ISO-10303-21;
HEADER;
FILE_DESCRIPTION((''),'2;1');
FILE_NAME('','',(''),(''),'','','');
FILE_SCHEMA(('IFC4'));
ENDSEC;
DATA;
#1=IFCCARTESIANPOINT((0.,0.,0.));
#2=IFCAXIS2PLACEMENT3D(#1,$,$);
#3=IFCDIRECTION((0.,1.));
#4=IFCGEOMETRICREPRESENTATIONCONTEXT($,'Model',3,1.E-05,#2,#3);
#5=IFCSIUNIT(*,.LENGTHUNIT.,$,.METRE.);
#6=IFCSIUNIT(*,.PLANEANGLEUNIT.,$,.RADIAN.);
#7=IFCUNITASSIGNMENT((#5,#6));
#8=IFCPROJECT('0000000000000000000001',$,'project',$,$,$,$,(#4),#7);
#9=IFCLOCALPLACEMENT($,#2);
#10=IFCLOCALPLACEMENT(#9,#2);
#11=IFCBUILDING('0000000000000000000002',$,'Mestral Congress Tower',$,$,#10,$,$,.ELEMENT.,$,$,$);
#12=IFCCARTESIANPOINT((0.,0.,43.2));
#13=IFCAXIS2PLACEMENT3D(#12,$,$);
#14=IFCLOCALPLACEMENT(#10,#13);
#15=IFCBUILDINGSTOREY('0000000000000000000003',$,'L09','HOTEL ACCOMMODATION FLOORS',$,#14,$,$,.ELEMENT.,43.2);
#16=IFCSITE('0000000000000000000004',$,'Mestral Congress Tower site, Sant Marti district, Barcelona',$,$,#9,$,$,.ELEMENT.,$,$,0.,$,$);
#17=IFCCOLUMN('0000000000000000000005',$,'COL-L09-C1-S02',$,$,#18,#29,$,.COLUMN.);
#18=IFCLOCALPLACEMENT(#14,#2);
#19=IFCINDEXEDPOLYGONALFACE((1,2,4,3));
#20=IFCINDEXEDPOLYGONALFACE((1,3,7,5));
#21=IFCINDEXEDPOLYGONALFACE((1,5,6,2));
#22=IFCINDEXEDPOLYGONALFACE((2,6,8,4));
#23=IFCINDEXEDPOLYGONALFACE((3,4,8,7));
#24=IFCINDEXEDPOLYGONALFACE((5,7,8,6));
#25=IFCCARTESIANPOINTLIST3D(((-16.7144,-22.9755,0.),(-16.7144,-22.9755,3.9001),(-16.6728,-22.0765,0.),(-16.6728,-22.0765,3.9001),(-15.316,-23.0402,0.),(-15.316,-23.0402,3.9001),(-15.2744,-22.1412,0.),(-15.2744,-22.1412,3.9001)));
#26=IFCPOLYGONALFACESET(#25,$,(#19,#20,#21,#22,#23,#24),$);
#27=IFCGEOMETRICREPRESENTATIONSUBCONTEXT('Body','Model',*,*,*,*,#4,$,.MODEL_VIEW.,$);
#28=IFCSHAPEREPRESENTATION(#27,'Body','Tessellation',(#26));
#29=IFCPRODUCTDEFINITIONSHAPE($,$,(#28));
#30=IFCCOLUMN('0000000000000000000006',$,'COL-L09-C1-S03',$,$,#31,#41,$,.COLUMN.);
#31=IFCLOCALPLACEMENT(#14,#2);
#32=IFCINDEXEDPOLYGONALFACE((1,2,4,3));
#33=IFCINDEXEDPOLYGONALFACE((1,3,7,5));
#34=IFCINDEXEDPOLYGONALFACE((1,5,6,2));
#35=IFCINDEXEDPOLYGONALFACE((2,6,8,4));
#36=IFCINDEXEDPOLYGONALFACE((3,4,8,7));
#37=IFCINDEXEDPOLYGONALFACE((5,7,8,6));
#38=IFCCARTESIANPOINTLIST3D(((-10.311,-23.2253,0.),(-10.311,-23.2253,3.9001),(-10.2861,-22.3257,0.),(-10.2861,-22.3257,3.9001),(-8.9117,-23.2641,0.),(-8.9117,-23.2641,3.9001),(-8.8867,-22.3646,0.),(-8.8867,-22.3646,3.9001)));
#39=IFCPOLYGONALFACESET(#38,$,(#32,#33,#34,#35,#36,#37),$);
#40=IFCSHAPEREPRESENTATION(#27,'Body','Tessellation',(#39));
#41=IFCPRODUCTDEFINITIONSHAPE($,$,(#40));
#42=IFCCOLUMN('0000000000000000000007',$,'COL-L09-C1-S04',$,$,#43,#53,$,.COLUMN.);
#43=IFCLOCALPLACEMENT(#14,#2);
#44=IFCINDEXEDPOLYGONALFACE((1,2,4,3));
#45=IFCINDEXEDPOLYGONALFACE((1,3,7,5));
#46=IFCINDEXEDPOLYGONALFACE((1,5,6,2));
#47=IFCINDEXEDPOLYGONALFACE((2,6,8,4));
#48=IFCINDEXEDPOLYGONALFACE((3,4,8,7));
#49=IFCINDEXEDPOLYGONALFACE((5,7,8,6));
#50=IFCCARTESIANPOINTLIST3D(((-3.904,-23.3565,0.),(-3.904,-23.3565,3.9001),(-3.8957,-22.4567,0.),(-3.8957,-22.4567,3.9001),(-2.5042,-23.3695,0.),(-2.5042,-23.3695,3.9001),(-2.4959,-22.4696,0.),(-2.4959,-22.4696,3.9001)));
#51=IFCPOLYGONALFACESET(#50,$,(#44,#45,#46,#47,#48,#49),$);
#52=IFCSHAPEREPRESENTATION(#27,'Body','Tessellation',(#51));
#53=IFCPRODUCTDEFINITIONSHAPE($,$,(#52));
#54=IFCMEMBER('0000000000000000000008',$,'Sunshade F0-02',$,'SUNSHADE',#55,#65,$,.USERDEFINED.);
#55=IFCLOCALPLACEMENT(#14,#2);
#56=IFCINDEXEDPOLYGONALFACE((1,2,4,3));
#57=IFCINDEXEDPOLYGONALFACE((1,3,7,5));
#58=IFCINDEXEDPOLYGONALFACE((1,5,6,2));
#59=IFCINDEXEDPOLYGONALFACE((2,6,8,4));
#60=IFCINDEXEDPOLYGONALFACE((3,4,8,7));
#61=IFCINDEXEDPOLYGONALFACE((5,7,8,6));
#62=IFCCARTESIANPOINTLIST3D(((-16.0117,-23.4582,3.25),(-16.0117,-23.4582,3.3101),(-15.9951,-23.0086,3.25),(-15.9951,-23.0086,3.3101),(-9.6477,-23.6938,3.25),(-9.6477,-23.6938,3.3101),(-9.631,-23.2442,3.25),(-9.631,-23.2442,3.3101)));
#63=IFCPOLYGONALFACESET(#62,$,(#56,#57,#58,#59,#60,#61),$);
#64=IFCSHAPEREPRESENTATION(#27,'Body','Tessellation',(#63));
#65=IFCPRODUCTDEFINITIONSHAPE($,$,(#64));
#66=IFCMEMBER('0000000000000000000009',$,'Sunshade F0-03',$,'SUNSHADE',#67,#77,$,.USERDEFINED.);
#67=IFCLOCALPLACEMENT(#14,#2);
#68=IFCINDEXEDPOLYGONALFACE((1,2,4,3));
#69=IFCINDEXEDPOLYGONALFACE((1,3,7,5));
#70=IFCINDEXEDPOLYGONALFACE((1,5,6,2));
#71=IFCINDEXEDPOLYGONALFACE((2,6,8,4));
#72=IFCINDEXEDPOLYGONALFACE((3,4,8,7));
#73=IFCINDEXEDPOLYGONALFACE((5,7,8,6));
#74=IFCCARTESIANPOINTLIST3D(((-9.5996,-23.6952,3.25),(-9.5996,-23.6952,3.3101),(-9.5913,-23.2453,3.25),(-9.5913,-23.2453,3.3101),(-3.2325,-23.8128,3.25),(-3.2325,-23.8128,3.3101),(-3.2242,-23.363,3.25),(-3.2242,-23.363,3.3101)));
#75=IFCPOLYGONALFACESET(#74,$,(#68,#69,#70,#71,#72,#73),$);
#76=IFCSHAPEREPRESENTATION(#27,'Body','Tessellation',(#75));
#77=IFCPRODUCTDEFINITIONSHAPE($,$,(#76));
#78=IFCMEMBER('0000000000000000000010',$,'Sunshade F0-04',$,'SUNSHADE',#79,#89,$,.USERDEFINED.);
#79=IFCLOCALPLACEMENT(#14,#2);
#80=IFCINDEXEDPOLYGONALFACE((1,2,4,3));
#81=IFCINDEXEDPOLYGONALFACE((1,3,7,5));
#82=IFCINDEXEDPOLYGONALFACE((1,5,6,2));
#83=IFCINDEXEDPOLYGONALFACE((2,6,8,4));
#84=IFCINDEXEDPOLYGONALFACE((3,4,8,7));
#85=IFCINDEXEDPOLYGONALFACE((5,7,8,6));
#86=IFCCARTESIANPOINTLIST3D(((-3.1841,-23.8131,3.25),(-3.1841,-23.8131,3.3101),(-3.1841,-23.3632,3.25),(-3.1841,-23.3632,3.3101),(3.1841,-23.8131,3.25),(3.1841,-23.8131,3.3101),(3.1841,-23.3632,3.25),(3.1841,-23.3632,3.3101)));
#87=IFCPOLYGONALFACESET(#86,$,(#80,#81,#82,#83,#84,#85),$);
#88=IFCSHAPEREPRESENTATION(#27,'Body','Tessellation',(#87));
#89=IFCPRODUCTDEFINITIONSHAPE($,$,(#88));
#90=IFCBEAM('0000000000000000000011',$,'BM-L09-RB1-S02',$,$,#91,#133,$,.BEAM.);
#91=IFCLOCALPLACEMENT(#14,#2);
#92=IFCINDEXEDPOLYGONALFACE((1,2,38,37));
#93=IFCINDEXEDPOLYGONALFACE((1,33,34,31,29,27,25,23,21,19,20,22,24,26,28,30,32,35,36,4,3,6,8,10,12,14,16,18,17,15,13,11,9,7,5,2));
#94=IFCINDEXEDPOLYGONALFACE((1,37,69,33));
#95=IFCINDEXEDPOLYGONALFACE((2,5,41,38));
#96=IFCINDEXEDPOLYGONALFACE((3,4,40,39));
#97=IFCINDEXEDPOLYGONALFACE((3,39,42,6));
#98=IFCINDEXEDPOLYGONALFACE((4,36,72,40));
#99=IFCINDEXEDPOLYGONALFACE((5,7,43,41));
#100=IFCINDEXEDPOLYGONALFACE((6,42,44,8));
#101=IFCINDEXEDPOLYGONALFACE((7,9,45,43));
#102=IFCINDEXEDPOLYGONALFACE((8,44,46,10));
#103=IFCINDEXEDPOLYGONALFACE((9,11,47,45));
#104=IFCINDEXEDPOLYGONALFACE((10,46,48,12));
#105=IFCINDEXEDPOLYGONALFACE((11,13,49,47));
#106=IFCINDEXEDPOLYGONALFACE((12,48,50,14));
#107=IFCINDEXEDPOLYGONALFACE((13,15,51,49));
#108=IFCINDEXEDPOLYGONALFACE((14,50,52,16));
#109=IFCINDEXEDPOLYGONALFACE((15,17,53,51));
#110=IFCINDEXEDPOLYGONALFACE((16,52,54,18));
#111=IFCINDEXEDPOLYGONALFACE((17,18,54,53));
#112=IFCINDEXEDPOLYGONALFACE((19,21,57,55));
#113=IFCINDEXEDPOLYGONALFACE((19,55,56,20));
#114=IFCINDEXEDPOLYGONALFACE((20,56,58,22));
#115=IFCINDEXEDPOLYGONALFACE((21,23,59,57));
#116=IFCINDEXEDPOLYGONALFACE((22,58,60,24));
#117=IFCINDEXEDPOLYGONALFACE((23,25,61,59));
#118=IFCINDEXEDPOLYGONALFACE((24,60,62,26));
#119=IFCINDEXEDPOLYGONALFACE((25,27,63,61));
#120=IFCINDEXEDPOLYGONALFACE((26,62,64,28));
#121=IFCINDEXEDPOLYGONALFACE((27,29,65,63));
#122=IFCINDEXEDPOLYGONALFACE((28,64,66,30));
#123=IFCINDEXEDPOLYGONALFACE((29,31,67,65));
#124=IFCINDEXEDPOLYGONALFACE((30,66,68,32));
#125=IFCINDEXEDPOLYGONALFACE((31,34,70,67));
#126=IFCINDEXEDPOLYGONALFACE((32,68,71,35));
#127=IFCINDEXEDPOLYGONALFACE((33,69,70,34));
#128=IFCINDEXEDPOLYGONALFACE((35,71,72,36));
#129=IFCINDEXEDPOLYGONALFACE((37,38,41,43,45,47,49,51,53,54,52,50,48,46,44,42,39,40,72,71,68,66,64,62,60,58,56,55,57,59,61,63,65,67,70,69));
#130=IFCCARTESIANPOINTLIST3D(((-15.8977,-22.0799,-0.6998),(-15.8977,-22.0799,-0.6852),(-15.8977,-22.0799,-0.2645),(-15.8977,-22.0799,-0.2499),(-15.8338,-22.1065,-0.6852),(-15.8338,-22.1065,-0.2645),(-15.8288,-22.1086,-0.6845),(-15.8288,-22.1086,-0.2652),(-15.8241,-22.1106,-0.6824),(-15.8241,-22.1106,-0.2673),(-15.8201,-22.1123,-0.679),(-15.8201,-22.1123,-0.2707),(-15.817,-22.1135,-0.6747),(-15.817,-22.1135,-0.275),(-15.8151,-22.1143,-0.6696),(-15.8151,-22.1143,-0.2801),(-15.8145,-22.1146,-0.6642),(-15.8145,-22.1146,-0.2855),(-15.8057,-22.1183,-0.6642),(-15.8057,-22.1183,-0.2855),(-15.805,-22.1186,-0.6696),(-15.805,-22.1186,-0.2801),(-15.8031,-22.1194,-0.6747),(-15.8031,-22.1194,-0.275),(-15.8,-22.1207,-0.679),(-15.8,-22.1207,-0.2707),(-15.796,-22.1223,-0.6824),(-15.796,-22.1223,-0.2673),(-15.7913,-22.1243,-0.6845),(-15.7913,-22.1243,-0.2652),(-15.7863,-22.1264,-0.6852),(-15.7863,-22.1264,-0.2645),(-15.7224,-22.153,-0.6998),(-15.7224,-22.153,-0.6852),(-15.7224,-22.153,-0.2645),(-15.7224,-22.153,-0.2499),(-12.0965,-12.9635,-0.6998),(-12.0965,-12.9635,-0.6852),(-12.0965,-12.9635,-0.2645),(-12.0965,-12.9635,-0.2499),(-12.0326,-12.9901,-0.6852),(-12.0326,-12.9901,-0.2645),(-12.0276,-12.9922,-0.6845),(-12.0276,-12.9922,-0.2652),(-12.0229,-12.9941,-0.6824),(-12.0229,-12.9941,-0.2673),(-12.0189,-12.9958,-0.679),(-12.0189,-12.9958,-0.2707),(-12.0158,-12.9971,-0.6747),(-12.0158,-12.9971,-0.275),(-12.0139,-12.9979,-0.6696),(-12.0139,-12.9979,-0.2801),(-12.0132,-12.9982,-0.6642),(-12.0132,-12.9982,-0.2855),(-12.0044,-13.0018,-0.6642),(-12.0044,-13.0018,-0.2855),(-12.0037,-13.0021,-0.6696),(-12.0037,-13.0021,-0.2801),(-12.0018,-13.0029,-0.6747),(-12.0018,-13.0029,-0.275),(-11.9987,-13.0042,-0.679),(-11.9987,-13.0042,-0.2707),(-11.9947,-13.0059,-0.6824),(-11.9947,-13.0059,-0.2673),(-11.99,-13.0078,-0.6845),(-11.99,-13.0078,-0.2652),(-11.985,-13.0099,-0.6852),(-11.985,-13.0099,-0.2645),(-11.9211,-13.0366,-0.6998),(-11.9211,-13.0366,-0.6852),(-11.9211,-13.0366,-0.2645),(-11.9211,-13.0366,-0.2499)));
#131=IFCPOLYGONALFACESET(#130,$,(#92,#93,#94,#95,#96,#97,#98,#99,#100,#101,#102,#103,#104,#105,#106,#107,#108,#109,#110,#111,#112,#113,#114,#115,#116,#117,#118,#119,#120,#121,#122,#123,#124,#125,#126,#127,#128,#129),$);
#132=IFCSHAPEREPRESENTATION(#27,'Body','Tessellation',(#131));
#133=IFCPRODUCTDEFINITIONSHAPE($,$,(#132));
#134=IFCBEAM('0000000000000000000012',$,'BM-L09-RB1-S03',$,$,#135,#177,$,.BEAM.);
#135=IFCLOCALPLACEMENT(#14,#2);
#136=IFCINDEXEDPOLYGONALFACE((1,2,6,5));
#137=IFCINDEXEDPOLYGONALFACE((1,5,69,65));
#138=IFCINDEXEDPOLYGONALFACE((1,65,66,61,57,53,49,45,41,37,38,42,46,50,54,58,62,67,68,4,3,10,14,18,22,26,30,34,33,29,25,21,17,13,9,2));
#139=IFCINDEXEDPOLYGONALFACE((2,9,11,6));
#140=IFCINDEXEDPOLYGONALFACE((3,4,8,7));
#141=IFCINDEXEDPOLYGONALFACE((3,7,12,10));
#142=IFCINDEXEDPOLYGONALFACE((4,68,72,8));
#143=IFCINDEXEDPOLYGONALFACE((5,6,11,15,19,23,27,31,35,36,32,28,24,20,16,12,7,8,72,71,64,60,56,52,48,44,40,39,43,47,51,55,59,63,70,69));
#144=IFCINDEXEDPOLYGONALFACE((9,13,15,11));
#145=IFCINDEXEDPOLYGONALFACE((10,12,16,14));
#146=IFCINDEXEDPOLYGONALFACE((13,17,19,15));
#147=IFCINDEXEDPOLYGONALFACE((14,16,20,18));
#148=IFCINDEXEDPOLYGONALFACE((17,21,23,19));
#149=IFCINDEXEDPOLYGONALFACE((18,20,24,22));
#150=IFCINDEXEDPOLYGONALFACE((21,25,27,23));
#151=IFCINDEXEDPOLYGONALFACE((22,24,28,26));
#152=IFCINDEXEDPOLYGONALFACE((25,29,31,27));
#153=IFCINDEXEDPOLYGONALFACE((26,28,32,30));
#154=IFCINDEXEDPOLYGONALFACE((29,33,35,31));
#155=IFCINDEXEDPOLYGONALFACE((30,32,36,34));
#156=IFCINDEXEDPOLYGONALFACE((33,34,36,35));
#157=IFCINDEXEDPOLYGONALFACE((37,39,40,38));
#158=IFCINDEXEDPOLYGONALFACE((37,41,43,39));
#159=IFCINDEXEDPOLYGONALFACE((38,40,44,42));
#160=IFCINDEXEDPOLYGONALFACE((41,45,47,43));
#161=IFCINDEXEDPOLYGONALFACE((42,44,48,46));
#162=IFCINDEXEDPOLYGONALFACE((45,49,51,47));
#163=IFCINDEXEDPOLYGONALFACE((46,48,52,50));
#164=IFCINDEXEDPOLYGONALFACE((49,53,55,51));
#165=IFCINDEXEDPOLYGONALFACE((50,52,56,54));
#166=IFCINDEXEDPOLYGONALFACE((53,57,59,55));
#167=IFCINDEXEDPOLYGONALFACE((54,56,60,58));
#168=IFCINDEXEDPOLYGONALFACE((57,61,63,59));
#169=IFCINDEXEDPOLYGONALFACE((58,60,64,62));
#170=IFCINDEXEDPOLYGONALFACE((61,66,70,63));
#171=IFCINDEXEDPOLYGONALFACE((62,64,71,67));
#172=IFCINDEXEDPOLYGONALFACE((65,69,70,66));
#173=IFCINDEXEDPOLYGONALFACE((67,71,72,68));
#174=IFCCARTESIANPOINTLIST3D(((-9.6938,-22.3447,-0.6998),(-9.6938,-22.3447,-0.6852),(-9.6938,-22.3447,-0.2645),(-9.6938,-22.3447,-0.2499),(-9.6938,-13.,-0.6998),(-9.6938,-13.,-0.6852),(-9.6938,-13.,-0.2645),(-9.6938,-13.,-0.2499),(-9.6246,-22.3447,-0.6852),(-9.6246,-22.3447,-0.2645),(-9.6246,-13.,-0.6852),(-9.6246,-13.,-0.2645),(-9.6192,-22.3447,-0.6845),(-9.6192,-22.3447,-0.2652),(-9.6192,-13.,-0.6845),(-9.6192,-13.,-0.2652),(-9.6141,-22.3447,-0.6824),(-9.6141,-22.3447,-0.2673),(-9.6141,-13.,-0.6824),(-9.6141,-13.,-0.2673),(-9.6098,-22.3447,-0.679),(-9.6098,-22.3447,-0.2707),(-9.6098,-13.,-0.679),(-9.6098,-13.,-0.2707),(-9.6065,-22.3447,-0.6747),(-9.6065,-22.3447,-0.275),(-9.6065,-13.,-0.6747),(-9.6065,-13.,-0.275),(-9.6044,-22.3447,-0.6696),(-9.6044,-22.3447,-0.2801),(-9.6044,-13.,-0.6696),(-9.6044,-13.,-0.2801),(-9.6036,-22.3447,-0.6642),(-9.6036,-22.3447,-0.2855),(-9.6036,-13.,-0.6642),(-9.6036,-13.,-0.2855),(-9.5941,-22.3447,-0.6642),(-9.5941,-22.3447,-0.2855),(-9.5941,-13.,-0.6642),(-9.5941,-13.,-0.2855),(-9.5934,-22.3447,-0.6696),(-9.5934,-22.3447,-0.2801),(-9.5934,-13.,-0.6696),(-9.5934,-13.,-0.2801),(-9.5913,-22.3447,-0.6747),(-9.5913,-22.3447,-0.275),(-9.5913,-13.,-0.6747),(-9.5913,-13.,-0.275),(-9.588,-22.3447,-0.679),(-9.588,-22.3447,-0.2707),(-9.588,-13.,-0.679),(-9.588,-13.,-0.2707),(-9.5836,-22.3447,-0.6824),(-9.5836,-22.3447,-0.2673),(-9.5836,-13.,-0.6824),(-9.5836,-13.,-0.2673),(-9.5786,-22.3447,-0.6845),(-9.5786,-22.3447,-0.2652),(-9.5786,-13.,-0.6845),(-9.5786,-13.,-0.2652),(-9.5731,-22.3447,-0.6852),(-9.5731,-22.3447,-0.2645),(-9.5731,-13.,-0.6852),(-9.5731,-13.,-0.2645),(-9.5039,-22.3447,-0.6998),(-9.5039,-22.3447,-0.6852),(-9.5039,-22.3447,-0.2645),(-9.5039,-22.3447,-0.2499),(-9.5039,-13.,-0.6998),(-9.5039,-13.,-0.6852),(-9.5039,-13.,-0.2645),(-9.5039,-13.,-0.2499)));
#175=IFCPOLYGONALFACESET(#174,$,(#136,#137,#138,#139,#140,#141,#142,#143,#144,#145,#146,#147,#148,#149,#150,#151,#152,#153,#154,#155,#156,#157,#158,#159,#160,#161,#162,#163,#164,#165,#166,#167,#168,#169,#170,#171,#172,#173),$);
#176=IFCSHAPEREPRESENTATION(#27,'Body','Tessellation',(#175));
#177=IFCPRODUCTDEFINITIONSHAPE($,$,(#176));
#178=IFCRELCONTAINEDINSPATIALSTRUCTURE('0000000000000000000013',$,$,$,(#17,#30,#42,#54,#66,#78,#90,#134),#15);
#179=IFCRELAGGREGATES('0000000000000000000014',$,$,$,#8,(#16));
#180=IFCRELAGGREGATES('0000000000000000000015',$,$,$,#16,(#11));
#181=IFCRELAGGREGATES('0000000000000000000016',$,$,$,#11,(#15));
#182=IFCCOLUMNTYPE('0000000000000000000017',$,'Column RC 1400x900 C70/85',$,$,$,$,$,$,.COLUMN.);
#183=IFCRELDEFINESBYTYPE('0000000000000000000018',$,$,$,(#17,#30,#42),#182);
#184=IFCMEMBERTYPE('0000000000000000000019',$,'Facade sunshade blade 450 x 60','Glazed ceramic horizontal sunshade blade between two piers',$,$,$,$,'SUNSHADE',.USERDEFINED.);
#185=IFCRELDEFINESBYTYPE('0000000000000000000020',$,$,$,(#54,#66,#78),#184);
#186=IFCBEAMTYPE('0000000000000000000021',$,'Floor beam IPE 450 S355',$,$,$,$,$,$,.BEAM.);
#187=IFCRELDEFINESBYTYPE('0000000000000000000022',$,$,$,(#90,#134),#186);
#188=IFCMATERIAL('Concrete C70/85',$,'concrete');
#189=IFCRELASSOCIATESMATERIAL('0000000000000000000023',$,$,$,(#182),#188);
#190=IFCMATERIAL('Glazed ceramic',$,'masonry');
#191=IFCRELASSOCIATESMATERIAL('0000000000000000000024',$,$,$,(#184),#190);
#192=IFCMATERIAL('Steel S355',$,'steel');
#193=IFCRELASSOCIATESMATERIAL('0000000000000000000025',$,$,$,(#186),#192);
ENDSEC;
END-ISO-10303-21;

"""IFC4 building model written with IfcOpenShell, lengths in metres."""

from ifc_helpers import new_model, si_unit, direction, frame, origin, origin_2d, place, context, subcontext, project, spatial, rectangle, i_section, extrude, material, material_profile, profile_set, type_object, element, save


model = new_model("IFC4")

# Units and contexts
model_context = context("Model", 3, precision=1e-05, world=origin(), true_north=direction((0.0, 1.0)))
body_context = subcontext(model_context, "Body", "Model", "MODEL_VIEW")
ifc_project = project(units=[si_unit("LENGTHUNIT", "METRE"), si_unit("PLANEANGLEUNIT", "RADIAN")], contexts=[model_context])

# Site, building, storey
site_placement = place(None, origin())
site = spatial("IfcSite", under=ifc_project, at=site_placement, Name="Mestral Congress Tower site, Sant Marti district, Barcelona", CompositionType="ELEMENT", RefElevation=0.0)
building_placement = place(site_placement, origin())
building = spatial("IfcBuilding", under=site, at=building_placement, Name="Mestral Congress Tower", CompositionType="ELEMENT")
storey_placement = place(building_placement, frame((0.0, 0.0, 43.2)))
storey = spatial("IfcBuildingStorey", under=building, at=storey_placement, Name="L09", Description="HOTEL ACCOMMODATION FLOORS", CompositionType="ELEMENT", Elevation=43.2)

# Columns
ifc_material_1 = material(Name="Concrete C70/85", Category="concrete")
ifc_material_profile_1 = material_profile(ifc_material_1, rectangle(XDim=1.3999, YDim=0.8999, at=origin_2d()), Name="RC 1400x900")
ifc_profile_set_1 = profile_set([ifc_material_profile_1], Name="Concrete C70/85")
column_type = type_object("IfcColumnType", Name="Column RC 1400x900 C70/85", PredefinedType="COLUMN", material=ifc_profile_set_1)
for number, where, z_axis, x_axis, name in (
    (1, (-15.9944, -22.5583, 0.0), (0.0, 0.0, 1.0), (0.998932, -0.0462, 0.0), "COL-L09-C1-S02"),
    (2, (-9.5989, -22.7949, 0.0), (0.0, 0.0, 1.0), (0.999616, -0.027726, 0.0), "COL-L09-C1-S03"),
    (3, (-3.2, -22.9131, 0.0), (0.0, 0.0, 1.0), (0.999957, -0.009243, 0.0), "COL-L09-C1-S04"),
):
    element("IfcColumn", number, at=place(storey_placement, frame(where, z_axis=z_axis, x_axis=x_axis)), inside=storey, type_object=column_type, Name=name, PredefinedType="COLUMN", context=body_context, shape_type="SweptSolid", body=[
        extrude(rectangle(XDim=1.3999, YDim=0.8999, at=origin_2d()), origin(), (0.0, 0.0, 1.0), 3.9001),
    ])

# Members
ifc_material_2 = material(Name="Glazed ceramic", Category="masonry")
ifc_material_profile_2 = material_profile(ifc_material_2, rectangle(XDim=0.45, YDim=0.0601, at=origin_2d()), Name="Ceramic blade 450 x 60")
ifc_profile_set_2 = profile_set([ifc_material_profile_2], Name="Glazed ceramic")
member_type = type_object("IfcMemberType", Name="Facade sunshade blade 450 x 60", Description="Glazed ceramic horizontal sunshade blade between two piers", ElementType="SUNSHADE", PredefinedType="USERDEFINED", material=ifc_profile_set_2)
member_placement = place(storey_placement, frame((-16.0034, -23.2334, 3.28), z_axis=(0.999315, -0.036995, 0.0), x_axis=(0.036995, 0.999315, 0.0)))
element("IfcMember", 4, at=member_placement, inside=storey, type_object=member_type, Name="Sunshade F0-02", ObjectType="SUNSHADE", PredefinedType="USERDEFINED", context=body_context, shape_type="SweptSolid", body=[
    extrude(rectangle(XDim=0.45, YDim=0.0601, at=origin_2d()), origin(), (0.0, 0.0, 1.0), 6.3684),
])
for number, where, z_axis, x_axis, name in (
    (5, (-9.5955, -23.4702, 3.28), (0.999829, -0.018478, 0.0), (0.018478, 0.999829, 0.0), "Sunshade F0-03"),
    (6, (-3.1841, -23.5881, 3.28), (1.0, 0.0, 0.0), (0.0, 1.0, 0.0), "Sunshade F0-04"),
):
    element("IfcMember", number, at=place(storey_placement, frame(where, z_axis=z_axis, x_axis=x_axis)), inside=storey, type_object=member_type, Name=name, ObjectType="SUNSHADE", PredefinedType="USERDEFINED", context=body_context, shape_type="SweptSolid", body=[
        extrude(rectangle(XDim=0.45, YDim=0.0601, at=origin_2d()), origin(), (0.0, 0.0, 1.0), 6.3682),
    ])

# Beams
ifc_material_3 = material(Name="Steel S355", Category="steel")
ifc_material_profile_3 = material_profile(ifc_material_3, i_section(OverallWidth=0.1899, OverallDepth=0.45, WebThickness=0.0095, FlangeThickness=0.0146, FilletRadius=0.021, at=origin_2d()), Name="IPE 450")
ifc_profile_set_3 = profile_set([ifc_material_profile_3], Name="Steel S355")
beam_type_1 = type_object("IfcBeamType", Name="Floor beam IPE 450 S355", PredefinedType="BEAM", material=ifc_profile_set_3)
beam_1_placement = place(storey_placement, frame((-15.8101, -22.1165, -0.4749), z_axis=(0.384852, 0.922978, 0.0), x_axis=(-0.922978, 0.384852, 0.0)))
element("IfcBeam", 7, at=beam_1_placement, inside=storey, type_object=beam_type_1, Name="BM-L09-RB1-S02", PredefinedType="BEAM", context=body_context, shape_type="SweptSolid", body=[
    extrude(i_section(OverallWidth=0.1899, OverallDepth=0.45, WebThickness=0.0095, FlangeThickness=0.0146, FilletRadius=0.021, at=origin_2d()), origin(), (0.0, 0.0, 1.0), 9.8772),
])
beam_2_placement = place(storey_placement, frame((-9.5989, -22.3447, -0.4749), z_axis=(0.0, 1.0, 0.0), x_axis=(-1.0, 0.0, 0.0)))
element("IfcBeam", 8, at=beam_2_placement, inside=storey, type_object=beam_type_1, Name="BM-L09-RB1-S03", PredefinedType="BEAM", context=body_context, shape_type="SweptSolid", body=[
    extrude(i_section(OverallWidth=0.1899, OverallDepth=0.45, WebThickness=0.0095, FlangeThickness=0.0146, FilletRadius=0.021, at=origin_2d()), origin(), (0.0, 0.0, 1.0), 9.3447),
])

save(model, "model.ifc")
